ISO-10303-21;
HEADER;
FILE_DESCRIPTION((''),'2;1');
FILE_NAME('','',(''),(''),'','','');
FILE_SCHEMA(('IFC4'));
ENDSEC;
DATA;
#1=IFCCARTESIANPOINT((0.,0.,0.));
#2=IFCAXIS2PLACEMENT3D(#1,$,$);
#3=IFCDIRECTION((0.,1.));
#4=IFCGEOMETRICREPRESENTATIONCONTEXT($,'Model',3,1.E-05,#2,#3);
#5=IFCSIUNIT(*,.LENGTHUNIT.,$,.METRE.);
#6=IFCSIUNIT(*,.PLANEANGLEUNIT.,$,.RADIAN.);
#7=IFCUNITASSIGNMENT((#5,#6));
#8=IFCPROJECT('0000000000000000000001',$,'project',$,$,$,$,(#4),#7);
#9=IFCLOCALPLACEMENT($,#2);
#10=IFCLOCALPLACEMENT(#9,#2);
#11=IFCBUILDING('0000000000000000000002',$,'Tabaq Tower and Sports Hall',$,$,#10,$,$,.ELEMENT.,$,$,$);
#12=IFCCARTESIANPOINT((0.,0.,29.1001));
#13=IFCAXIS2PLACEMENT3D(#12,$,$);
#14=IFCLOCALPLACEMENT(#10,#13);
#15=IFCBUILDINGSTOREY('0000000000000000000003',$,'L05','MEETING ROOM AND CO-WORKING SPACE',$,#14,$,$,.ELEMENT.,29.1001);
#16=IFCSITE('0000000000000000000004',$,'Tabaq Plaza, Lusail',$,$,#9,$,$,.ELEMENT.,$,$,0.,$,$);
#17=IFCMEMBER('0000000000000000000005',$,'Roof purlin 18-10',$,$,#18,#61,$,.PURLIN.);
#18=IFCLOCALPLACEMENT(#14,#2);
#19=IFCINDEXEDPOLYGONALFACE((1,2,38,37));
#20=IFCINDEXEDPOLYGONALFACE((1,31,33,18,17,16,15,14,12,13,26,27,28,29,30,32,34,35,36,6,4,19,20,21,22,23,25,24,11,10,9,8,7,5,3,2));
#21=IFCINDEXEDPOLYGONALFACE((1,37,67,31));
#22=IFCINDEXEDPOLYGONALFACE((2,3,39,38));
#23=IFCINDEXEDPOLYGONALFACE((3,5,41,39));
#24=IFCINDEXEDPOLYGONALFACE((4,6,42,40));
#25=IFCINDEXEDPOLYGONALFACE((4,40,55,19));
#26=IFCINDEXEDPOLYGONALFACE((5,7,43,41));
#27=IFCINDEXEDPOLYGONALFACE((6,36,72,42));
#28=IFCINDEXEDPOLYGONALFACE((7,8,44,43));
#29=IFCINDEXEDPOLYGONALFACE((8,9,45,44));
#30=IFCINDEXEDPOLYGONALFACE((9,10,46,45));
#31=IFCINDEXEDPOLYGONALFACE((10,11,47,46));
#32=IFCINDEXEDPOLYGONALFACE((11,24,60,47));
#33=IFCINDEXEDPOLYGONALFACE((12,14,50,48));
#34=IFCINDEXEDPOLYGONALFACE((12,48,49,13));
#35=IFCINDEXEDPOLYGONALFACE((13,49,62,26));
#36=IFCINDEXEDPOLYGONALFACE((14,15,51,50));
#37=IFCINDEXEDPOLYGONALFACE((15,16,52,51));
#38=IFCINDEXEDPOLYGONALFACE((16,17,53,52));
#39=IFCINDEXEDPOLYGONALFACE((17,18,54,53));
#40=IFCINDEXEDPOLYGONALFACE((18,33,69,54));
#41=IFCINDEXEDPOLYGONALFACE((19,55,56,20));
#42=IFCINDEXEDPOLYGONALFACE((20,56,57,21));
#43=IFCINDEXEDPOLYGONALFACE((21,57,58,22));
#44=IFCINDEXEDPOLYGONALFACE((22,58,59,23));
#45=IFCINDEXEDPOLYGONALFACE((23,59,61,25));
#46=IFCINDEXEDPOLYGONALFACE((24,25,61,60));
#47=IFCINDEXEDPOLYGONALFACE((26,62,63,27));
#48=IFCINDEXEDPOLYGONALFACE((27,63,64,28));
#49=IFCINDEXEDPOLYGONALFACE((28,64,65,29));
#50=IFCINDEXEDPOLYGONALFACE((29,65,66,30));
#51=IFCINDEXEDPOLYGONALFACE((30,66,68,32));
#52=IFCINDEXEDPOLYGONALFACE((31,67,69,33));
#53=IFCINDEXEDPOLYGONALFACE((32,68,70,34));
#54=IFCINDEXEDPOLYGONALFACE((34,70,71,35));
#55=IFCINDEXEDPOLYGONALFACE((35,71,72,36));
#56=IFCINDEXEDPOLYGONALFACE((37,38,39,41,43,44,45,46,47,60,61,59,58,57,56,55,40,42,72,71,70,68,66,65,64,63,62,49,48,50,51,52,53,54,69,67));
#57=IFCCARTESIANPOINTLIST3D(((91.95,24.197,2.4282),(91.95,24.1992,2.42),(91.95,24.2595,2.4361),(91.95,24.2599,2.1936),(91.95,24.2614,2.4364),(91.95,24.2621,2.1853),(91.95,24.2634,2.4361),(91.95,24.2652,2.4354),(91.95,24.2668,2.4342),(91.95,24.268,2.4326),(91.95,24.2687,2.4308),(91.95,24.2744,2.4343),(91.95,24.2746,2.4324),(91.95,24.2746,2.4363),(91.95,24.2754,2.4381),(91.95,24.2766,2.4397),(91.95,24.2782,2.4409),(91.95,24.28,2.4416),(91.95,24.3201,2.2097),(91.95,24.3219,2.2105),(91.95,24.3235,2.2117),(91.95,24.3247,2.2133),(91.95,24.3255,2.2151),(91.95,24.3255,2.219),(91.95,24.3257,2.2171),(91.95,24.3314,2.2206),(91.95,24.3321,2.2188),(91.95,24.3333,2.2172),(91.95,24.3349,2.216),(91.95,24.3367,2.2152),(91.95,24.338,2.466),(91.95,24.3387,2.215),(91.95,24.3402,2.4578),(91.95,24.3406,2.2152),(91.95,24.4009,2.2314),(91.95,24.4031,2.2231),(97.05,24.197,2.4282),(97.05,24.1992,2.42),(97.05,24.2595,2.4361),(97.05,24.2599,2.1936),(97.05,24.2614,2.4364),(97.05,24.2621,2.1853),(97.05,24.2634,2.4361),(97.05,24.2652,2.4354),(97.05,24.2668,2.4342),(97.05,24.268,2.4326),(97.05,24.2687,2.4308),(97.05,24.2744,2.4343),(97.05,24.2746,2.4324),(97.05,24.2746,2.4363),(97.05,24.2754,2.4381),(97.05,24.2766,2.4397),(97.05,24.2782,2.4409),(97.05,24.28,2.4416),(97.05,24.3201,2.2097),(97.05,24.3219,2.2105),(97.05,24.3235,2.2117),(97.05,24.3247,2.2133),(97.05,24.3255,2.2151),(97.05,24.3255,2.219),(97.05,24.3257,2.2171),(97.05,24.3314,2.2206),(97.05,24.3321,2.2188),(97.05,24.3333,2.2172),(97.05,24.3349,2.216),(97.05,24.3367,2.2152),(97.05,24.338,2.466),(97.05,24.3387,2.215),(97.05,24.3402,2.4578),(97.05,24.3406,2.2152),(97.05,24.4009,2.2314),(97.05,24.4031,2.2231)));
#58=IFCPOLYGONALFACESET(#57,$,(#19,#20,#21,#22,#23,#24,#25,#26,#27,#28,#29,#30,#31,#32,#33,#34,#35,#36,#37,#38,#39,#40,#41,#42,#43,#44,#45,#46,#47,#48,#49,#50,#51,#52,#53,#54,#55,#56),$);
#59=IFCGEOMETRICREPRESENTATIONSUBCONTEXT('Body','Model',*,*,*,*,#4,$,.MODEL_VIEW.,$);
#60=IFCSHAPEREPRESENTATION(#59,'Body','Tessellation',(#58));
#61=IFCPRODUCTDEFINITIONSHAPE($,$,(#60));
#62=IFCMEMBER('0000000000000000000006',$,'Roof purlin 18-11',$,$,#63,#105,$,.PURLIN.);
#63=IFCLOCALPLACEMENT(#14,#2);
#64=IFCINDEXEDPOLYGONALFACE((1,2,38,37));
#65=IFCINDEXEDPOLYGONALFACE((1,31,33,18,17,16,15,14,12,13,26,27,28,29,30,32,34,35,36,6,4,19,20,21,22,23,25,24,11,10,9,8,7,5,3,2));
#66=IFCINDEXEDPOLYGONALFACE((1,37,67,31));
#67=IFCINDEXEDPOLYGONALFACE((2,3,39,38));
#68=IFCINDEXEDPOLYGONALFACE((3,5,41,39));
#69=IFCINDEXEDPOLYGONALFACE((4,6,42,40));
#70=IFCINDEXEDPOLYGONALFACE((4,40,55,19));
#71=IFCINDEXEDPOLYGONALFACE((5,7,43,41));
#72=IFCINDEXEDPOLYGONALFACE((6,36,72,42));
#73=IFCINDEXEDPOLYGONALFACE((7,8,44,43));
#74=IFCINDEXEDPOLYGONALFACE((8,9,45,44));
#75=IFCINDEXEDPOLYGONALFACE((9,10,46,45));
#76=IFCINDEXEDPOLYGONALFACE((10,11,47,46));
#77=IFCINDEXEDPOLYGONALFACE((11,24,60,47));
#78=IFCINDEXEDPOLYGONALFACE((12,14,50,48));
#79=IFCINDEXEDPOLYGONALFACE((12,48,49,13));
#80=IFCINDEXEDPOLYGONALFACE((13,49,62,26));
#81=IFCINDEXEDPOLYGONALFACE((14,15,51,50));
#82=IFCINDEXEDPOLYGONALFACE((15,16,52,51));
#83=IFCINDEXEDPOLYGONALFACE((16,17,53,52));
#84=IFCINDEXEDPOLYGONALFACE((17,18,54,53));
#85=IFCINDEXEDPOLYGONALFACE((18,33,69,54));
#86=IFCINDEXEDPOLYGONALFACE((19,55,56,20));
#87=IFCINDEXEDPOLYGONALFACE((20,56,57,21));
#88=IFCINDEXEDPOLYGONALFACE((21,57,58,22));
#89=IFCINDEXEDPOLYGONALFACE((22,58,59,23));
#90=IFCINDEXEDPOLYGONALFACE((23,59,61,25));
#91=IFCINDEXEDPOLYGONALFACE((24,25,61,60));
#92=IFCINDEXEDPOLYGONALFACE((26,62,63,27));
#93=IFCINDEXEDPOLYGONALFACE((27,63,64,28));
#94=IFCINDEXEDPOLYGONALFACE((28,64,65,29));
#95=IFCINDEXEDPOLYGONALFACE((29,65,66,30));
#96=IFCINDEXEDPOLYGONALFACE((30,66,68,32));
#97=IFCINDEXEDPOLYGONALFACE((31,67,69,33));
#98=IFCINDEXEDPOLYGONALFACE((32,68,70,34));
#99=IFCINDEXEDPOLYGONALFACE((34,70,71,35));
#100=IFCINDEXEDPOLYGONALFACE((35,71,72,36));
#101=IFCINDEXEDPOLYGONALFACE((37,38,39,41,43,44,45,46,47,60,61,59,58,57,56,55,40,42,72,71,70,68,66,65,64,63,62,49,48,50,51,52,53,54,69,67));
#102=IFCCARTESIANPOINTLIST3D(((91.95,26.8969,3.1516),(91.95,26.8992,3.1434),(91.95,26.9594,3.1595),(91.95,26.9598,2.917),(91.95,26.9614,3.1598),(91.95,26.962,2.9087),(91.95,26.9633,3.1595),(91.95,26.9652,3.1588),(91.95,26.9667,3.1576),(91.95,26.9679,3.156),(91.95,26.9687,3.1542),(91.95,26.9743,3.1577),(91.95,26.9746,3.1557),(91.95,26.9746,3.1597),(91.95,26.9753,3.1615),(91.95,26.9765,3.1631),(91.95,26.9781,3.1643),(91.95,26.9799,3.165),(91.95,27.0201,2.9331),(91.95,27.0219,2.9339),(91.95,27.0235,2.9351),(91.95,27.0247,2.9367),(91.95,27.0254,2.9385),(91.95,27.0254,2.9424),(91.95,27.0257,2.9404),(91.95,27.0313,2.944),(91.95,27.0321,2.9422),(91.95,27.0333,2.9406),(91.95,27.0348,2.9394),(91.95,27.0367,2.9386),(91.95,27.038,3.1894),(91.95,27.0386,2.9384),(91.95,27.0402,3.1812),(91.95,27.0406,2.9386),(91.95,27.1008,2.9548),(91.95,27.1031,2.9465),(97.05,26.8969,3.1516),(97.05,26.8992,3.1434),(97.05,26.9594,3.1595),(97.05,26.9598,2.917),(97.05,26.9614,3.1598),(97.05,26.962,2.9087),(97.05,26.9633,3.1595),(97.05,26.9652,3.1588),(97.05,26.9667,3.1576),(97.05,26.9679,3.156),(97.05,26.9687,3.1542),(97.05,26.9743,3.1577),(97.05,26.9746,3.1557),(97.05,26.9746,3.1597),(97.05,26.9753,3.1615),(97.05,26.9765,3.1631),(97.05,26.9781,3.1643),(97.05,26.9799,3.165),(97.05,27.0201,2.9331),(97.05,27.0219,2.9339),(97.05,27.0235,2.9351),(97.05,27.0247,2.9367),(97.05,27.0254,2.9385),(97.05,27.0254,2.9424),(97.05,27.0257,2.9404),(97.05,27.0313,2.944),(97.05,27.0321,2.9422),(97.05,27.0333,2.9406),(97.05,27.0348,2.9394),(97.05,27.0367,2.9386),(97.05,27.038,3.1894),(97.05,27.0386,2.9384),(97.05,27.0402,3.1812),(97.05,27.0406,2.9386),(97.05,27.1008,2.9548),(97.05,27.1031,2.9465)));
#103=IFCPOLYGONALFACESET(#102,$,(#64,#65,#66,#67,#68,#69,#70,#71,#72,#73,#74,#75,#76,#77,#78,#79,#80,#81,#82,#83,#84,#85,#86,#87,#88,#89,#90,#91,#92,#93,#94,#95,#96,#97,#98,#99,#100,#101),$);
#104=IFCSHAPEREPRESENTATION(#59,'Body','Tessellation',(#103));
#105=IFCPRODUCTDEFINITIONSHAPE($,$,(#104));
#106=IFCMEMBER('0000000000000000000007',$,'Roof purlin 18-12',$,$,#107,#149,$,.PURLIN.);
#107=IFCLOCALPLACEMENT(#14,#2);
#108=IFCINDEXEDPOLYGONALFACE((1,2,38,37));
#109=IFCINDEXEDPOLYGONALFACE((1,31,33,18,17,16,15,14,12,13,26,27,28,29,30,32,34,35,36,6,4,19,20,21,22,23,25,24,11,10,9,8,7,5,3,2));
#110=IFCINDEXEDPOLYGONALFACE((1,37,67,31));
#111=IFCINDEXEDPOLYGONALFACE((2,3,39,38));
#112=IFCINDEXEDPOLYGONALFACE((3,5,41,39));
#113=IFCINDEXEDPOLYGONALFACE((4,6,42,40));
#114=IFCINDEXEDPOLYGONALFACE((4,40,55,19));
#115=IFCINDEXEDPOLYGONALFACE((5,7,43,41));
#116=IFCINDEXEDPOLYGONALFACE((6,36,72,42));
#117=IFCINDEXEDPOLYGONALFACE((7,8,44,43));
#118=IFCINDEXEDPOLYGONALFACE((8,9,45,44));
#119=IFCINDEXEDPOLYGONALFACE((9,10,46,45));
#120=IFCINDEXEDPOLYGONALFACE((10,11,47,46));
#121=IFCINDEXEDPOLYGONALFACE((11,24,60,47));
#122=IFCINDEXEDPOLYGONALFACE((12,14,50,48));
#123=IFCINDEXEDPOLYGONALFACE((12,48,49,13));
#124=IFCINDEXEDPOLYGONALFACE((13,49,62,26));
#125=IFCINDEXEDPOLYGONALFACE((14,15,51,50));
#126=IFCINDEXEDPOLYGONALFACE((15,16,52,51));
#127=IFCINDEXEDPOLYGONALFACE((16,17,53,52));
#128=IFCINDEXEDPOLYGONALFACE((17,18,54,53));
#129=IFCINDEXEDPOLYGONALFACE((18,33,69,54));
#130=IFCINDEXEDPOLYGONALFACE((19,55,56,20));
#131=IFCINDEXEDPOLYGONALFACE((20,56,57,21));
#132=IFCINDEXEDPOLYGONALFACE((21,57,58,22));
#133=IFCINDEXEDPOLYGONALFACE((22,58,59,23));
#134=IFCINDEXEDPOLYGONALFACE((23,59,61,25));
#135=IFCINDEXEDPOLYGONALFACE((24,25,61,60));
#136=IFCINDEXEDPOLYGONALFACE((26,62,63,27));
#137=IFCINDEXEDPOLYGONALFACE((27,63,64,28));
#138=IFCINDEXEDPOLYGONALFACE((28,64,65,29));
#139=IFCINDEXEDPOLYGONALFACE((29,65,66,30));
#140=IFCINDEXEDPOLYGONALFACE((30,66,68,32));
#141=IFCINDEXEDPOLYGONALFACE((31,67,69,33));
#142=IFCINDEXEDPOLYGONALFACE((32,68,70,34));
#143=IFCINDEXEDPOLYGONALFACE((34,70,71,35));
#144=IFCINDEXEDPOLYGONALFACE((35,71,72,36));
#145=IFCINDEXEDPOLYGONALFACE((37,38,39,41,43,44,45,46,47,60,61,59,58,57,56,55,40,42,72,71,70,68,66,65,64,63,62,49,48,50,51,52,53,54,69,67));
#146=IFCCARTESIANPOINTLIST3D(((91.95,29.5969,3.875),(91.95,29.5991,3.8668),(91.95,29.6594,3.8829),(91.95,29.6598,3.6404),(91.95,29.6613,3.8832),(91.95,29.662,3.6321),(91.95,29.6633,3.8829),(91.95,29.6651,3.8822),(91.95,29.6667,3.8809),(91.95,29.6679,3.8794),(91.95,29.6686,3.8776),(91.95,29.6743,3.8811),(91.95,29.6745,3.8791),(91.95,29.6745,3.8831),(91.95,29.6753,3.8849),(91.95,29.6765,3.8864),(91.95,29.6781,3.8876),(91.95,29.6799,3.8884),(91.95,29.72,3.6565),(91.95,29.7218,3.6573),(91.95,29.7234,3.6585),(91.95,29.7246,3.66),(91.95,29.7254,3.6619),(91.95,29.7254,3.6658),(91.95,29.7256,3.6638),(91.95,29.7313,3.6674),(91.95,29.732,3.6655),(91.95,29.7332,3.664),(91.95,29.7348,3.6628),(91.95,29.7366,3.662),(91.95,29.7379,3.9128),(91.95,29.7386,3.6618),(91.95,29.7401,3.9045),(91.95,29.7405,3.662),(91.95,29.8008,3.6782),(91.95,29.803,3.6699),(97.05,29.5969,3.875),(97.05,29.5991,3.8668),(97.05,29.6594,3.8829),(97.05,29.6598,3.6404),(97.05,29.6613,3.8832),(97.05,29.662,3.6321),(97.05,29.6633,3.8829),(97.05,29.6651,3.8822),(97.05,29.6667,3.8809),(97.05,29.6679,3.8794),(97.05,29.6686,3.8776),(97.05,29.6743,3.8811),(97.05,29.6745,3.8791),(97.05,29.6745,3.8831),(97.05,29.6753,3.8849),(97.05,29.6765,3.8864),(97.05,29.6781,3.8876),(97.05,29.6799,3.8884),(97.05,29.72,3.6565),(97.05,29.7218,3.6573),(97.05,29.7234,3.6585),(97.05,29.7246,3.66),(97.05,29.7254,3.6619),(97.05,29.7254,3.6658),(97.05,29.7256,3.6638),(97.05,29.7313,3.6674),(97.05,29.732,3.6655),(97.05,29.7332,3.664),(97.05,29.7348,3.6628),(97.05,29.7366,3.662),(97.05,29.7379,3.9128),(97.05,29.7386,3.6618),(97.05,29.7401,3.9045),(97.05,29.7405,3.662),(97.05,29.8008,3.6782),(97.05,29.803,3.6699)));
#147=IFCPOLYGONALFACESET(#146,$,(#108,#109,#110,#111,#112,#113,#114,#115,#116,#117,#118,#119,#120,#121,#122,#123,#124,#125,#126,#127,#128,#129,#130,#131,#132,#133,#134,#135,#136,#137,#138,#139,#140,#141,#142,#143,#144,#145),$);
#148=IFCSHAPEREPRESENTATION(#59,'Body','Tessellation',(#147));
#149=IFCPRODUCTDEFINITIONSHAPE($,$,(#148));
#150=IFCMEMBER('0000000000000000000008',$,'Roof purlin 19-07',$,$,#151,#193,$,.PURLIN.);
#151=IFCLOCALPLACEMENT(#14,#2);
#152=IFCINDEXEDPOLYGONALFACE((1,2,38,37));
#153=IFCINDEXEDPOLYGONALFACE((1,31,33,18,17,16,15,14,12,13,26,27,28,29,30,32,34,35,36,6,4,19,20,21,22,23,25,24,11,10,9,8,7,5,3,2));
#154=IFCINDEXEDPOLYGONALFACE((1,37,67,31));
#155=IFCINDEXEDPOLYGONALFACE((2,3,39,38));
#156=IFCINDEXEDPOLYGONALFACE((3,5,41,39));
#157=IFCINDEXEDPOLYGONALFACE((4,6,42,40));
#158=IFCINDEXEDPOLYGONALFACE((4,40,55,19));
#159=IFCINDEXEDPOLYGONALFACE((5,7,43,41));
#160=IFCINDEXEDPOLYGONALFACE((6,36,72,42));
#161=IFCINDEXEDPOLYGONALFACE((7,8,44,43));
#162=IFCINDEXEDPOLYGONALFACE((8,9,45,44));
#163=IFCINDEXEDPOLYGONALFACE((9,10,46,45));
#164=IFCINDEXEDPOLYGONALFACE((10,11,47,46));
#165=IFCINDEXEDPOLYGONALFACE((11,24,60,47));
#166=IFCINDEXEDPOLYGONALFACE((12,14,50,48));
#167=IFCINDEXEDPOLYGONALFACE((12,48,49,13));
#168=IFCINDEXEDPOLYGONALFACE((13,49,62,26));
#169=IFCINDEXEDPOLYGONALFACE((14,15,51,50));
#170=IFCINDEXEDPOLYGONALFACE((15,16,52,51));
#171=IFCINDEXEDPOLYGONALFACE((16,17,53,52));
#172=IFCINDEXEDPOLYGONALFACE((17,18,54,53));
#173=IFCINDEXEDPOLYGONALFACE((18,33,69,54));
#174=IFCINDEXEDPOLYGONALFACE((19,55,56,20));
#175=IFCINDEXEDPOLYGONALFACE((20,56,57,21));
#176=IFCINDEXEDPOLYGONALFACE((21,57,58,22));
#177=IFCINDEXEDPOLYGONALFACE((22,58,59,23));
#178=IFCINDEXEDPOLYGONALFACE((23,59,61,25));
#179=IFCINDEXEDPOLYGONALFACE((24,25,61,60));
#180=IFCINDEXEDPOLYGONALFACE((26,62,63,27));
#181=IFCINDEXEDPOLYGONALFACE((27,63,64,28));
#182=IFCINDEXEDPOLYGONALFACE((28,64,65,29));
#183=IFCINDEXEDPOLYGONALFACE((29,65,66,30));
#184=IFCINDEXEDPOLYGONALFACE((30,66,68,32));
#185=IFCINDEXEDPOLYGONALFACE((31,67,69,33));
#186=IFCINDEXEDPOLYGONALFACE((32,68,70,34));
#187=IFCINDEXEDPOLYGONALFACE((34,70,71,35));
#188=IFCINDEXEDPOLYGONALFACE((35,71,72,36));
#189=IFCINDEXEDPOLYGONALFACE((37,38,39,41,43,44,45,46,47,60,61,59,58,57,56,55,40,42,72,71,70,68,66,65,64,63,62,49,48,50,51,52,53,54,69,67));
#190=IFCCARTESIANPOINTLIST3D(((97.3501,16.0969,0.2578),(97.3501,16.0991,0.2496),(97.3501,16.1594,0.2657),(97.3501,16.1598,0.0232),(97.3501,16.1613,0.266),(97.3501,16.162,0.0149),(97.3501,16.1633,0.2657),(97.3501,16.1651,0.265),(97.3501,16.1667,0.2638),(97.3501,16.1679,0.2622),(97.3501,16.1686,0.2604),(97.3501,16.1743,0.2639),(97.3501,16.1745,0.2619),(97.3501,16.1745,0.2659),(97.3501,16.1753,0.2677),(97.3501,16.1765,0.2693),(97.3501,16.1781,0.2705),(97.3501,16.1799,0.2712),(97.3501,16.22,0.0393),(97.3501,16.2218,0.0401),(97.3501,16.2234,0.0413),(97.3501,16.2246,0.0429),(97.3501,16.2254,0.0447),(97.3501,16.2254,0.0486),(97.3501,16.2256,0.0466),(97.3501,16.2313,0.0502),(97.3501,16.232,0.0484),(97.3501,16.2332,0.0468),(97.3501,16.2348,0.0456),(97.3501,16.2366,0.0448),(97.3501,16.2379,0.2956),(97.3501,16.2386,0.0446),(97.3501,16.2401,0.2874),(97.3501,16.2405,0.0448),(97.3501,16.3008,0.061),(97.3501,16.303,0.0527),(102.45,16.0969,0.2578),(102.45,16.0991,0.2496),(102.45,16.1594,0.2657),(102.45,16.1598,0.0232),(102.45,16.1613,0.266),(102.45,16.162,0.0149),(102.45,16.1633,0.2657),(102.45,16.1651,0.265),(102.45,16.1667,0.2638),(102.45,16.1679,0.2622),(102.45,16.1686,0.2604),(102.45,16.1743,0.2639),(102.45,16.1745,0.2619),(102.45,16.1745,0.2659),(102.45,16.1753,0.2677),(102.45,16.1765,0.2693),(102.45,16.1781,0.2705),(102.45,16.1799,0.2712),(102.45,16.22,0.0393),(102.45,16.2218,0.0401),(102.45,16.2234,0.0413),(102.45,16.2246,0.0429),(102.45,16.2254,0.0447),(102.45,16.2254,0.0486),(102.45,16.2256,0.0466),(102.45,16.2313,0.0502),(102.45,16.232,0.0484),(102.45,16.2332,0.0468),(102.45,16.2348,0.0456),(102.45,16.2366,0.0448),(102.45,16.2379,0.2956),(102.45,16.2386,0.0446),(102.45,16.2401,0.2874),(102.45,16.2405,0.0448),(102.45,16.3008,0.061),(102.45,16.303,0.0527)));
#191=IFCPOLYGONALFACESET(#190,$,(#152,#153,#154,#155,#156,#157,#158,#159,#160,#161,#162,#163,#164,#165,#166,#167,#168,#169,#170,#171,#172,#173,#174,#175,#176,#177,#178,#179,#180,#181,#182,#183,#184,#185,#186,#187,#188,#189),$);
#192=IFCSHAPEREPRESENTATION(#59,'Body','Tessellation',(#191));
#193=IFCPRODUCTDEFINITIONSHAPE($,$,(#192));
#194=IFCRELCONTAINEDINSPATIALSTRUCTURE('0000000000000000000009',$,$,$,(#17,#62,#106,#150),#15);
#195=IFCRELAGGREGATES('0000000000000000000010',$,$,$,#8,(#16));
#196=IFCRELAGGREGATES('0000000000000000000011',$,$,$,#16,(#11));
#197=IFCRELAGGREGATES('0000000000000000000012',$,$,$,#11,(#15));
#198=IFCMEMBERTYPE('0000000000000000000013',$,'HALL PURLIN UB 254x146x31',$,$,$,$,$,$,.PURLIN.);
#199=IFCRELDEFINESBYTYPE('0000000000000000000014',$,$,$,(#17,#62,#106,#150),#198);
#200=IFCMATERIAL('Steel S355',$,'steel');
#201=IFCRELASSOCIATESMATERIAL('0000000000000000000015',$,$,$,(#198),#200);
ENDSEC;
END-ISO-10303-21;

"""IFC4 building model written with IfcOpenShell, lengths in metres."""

from ifc_helpers import new_model, si_unit, direction, frame, origin, origin_2d, place, context, subcontext, project, spatial, i_section, extrude, material, material_profile, profile_set, type_object, element, save


model = new_model("IFC4")

# Units and contexts
model_context = context("Model", 3, precision=1e-05, world=origin(), true_north=direction((0.0, 1.0)))
body_context = subcontext(model_context, "Body", "Model", "MODEL_VIEW")
ifc_project = project(units=[si_unit("LENGTHUNIT", "METRE"), si_unit("PLANEANGLEUNIT", "RADIAN")], contexts=[model_context])

# Site, building, storey
site_placement = place(None, origin())
site = spatial("IfcSite", under=ifc_project, at=site_placement, Name="Tabaq Plaza, Lusail", CompositionType="ELEMENT", RefElevation=0.0)
building_placement = place(site_placement, origin())
building = spatial("IfcBuilding", under=site, at=building_placement, Name="Tabaq Tower and Sports Hall", CompositionType="ELEMENT")
storey_placement = place(building_placement, frame((0.0, 0.0, 29.1001)))
storey = spatial("IfcBuildingStorey", under=building, at=storey_placement, Name="L05", Description="MEETING ROOM AND CO-WORKING SPACE", CompositionType="ELEMENT", Elevation=29.1001)

# Members
ifc_material_1 = material(Name="Steel S355", Category="steel")
ifc_material_profile_1 = material_profile(ifc_material_1, i_section(OverallWidth=0.146, OverallDepth=0.2515, WebThickness=0.0061, FlangeThickness=0.0085, FilletRadius=0.0076, at=origin_2d()), Name="UB 254x146x31")
ifc_profile_set_1 = profile_set([ifc_material_profile_1], Name="Steel S355")
member_type_1 = type_object("IfcMemberType", Name="HALL PURLIN UB 254x146x31", PredefinedType="PURLIN", material=ifc_profile_set_1)
for number, where, z_axis, x_axis, name in (
    (1, (91.95, 24.3, 2.3257), (1.0, 0.0, 0.0), (0.0, 0.965926, 0.258819), "Roof purlin 18-10"),
    (2, (91.95, 27.0, 3.0491), (1.0, 0.0, 0.0), (0.0, 0.965926, 0.258819), "Roof purlin 18-11"),
    (3, (91.95, 29.7, 3.7725), (1.0, 0.0, 0.0), (0.0, 0.965926, 0.258819), "Roof purlin 18-12"),
):
    element("IfcMember", number, at=place(storey_placement, frame(where, z_axis=z_axis, x_axis=x_axis)), inside=storey, type_object=member_type_1, Name=name, PredefinedType="PURLIN", context=body_context, shape_type="SweptSolid", body=[
        extrude(i_section(OverallWidth=0.146, OverallDepth=0.2515, WebThickness=0.0061, FlangeThickness=0.0085, FilletRadius=0.0076, at=origin_2d()), origin(), (0.0, 0.0, 1.0), 5.1001),
    ])
for number, where, z_axis, x_axis, name in (
    (4, (97.3501, 16.2, 0.1553), (1.0, 0.0, 0.0), (0.0, 0.965926, 0.258819), "Roof purlin 19-07"),
):
    element("IfcMember", number, at=place(storey_placement, frame(where, z_axis=z_axis, x_axis=x_axis)), inside=storey, type_object=member_type_1, Name=name, PredefinedType="PURLIN", context=body_context, shape_type="SweptSolid", body=[
        extrude(i_section(OverallWidth=0.146, OverallDepth=0.2515, WebThickness=0.0061, FlangeThickness=0.0085, FilletRadius=0.0076, at=origin_2d()), origin(), (0.0, 0.0, 1.0), 5.0999),
    ])

save(model, "model.ifc")
